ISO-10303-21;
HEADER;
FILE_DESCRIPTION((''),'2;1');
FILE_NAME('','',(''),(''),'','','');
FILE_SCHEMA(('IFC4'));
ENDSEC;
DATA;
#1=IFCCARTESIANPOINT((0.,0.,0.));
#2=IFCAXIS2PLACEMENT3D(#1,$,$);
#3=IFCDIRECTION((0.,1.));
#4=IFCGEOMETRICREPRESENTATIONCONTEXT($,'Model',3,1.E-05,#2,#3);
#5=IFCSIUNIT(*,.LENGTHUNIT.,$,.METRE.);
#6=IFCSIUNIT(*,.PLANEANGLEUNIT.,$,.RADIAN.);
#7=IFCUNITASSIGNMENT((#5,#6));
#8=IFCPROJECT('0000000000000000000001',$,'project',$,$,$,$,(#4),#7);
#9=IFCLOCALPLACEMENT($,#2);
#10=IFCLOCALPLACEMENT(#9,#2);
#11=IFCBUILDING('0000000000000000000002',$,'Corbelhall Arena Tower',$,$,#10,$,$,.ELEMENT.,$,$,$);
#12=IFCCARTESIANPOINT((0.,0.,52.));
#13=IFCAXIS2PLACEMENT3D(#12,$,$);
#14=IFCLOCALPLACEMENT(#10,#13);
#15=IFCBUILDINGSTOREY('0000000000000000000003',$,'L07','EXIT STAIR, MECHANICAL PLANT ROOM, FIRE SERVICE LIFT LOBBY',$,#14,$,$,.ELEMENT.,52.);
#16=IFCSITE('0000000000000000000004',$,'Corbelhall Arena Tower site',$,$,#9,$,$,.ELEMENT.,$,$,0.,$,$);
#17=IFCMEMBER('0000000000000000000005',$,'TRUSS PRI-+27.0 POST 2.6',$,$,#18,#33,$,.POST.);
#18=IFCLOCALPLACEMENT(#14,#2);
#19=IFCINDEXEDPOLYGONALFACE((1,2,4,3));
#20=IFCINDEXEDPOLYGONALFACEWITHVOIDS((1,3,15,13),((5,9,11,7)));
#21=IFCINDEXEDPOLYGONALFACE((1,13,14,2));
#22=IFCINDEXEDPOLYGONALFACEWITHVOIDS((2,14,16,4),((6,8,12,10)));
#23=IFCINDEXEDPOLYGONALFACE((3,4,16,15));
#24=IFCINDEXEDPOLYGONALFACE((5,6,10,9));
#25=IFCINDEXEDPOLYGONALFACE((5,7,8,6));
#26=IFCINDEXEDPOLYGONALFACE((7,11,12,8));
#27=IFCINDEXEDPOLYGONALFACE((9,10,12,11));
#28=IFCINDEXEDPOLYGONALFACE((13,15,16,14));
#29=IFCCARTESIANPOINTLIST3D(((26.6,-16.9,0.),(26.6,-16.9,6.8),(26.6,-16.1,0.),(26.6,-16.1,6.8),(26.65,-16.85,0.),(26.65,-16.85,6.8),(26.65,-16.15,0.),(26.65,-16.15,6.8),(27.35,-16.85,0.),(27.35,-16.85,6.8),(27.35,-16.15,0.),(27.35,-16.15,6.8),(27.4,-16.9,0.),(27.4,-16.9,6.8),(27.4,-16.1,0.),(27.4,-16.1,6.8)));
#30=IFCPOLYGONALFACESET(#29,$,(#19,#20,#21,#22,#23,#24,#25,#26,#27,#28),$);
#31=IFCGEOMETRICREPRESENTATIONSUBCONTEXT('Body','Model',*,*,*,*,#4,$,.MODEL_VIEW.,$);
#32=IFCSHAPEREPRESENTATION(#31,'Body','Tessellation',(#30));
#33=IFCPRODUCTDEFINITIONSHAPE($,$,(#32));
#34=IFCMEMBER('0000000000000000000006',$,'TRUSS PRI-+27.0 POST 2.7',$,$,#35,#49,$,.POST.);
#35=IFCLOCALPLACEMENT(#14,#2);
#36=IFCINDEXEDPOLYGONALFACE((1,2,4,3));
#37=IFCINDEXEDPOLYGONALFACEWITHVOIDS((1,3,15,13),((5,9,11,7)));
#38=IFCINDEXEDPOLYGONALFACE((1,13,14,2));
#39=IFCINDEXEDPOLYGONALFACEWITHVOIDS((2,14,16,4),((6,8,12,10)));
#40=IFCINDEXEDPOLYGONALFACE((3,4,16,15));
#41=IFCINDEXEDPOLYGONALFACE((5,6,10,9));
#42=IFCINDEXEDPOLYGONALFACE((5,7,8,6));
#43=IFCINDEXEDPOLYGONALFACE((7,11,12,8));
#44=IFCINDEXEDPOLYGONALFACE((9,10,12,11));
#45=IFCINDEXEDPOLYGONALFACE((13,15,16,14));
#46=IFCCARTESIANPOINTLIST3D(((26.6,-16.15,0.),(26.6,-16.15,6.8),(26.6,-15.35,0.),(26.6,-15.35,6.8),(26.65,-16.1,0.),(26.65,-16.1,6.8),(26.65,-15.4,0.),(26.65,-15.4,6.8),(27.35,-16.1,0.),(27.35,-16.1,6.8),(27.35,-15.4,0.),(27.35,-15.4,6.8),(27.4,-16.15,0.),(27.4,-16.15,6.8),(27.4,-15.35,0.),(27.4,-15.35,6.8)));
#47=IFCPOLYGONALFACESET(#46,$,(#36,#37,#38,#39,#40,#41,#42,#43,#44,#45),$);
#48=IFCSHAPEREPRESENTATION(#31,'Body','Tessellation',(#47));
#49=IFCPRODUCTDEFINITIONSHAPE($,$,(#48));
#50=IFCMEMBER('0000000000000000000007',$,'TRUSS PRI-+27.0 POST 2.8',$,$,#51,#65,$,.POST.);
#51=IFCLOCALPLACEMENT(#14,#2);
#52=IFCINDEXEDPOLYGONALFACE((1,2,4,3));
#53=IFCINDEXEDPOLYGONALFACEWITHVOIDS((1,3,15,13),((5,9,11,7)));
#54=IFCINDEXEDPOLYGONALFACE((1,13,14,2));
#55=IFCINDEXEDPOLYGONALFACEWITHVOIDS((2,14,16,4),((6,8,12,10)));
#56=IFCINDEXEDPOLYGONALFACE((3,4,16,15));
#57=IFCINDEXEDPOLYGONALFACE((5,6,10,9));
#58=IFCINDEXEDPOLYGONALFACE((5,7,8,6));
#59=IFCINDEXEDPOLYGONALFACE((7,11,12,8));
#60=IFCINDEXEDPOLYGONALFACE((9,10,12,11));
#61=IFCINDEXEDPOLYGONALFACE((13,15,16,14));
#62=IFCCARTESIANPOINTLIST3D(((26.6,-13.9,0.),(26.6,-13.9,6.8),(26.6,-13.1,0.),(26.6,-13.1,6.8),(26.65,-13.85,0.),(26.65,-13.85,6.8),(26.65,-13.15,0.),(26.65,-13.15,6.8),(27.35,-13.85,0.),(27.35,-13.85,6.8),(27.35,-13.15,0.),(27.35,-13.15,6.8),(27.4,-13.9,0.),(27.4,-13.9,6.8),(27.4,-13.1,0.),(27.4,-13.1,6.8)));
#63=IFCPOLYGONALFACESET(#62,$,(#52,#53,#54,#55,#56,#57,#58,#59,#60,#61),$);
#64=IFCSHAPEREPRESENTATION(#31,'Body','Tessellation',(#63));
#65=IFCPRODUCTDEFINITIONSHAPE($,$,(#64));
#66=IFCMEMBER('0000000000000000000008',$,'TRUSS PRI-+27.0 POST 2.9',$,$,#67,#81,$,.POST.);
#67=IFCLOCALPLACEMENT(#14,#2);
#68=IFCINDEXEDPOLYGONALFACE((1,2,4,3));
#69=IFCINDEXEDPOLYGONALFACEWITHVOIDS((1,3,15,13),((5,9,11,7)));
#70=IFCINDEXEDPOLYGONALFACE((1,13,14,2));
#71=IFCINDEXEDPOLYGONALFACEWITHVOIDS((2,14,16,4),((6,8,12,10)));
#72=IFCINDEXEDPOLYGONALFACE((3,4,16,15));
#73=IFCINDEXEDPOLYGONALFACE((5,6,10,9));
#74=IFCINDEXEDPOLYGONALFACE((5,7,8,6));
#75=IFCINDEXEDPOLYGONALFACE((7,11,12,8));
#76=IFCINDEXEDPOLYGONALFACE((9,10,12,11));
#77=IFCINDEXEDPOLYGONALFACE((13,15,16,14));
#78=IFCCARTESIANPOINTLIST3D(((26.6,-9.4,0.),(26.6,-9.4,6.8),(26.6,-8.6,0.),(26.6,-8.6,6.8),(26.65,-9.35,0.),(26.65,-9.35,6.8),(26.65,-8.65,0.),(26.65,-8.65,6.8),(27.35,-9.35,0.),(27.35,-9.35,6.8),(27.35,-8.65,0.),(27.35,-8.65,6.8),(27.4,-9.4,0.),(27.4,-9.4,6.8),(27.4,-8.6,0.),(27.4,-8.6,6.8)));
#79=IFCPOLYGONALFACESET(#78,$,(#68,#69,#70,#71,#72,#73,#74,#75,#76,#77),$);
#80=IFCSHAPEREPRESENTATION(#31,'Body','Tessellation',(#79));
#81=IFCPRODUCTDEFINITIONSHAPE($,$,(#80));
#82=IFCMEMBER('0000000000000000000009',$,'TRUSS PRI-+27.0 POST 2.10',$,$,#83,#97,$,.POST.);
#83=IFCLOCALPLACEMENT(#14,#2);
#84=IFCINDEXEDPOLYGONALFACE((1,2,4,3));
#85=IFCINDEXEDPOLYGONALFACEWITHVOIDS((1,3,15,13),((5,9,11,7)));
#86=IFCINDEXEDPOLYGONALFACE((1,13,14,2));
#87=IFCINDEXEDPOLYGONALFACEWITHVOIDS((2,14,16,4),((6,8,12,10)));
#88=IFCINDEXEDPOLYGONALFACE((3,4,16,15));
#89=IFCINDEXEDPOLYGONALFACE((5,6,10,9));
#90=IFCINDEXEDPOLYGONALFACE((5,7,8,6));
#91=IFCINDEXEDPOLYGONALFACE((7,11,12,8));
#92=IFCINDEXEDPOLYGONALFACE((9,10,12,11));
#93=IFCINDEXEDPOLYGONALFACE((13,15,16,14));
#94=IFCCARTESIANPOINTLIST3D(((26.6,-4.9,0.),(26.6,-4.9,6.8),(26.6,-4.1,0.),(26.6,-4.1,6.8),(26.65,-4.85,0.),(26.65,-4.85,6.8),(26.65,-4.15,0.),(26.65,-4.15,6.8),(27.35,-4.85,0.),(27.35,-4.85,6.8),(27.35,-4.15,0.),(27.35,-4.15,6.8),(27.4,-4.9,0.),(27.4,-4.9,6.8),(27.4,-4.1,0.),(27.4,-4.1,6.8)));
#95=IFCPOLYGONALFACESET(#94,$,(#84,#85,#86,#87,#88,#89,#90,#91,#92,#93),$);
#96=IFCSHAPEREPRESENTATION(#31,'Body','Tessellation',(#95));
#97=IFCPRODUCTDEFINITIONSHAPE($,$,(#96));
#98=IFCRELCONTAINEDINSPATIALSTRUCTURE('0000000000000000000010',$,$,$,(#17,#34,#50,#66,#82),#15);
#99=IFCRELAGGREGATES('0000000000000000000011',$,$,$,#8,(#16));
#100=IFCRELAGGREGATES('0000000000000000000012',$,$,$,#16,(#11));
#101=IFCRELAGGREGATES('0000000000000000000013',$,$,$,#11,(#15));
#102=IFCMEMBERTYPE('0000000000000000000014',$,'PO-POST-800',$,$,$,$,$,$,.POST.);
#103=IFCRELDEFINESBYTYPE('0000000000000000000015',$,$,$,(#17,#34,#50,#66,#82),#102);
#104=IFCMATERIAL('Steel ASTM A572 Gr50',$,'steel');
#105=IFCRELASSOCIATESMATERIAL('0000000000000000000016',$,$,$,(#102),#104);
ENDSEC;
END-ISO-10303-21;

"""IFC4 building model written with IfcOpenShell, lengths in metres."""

from ifc_helpers import new_model, si_unit, direction, frame, origin, origin_2d, place, context, subcontext, project, spatial, hollow_rectangle, extrude, material, material_profile, profile_set, type_object, element, save


model = new_model("IFC4")

# Units and contexts
model_context = context("Model", 3, precision=1e-05, world=origin(), true_north=direction((0.0, 1.0)))
body_context = subcontext(model_context, "Body", "Model", "MODEL_VIEW")
ifc_project = project(units=[si_unit("LENGTHUNIT", "METRE"), si_unit("PLANEANGLEUNIT", "RADIAN")], contexts=[model_context])

# Site, building, storey
site_placement = place(None, origin())
site = spatial("IfcSite", under=ifc_project, at=site_placement, Name="Corbelhall Arena Tower site", CompositionType="ELEMENT", RefElevation=0.0)
building_placement = place(site_placement, origin())
building = spatial("IfcBuilding", under=site, at=building_placement, Name="Corbelhall Arena Tower", CompositionType="ELEMENT")
storey_placement = place(building_placement, frame((0.0, 0.0, 52.0)))
storey = spatial("IfcBuildingStorey", under=building, at=storey_placement, Name="L07", Description="EXIT STAIR, MECHANICAL PLANT ROOM, FIRE SERVICE LIFT LOBBY", CompositionType="ELEMENT", Elevation=52.0)

# Members
ifc_material_1 = material(Name="Steel ASTM A572 Gr50", Category="steel")
ifc_material_profile_1 = material_profile(ifc_material_1, hollow_rectangle(XDim=0.8, YDim=0.8, WallThickness=0.05, at=origin_2d()))
ifc_profile_set_1 = profile_set([ifc_material_profile_1], Name="Steel ASTM A572 Gr50")
member_type_1 = type_object("IfcMemberType", Name="PO-POST-800", PredefinedType="POST", material=ifc_profile_set_1)
for number, where, z_axis, x_axis, name in (
    (1, (27.0, -16.5, 0.0), (0.0, 0.0, 1.0), (1.0, 0.0, 0.0), "TRUSS PRI-+27.0 POST 2.6"),
    (2, (27.0, -15.75, 0.0), (0.0, 0.0, 1.0), (1.0, 0.0, 0.0), "TRUSS PRI-+27.0 POST 2.7"),
    (3, (27.0, -13.5, 0.0), (0.0, 0.0, 1.0), (1.0, 0.0, 0.0), "TRUSS PRI-+27.0 POST 2.8"),
    (4, (27.0, -9.0, 0.0), (0.0, 0.0, 1.0), (1.0, 0.0, 0.0), "TRUSS PRI-+27.0 POST 2.9"),
    (5, (27.0, -4.5, 0.0), (0.0, 0.0, 1.0), (1.0, 0.0, 0.0), "TRUSS PRI-+27.0 POST 2.10"),
):
    element("IfcMember", number, at=place(storey_placement, frame(where, z_axis=z_axis, x_axis=x_axis)), inside=storey, type_object=member_type_1, Name=name, PredefinedType="POST", context=body_context, shape_type="SweptSolid", body=[
        extrude(hollow_rectangle(XDim=0.8, YDim=0.8, WallThickness=0.05, at=origin_2d()), origin(), (0.0, 0.0, 1.0), 6.8),
    ])

save(model, "model.ifc")
